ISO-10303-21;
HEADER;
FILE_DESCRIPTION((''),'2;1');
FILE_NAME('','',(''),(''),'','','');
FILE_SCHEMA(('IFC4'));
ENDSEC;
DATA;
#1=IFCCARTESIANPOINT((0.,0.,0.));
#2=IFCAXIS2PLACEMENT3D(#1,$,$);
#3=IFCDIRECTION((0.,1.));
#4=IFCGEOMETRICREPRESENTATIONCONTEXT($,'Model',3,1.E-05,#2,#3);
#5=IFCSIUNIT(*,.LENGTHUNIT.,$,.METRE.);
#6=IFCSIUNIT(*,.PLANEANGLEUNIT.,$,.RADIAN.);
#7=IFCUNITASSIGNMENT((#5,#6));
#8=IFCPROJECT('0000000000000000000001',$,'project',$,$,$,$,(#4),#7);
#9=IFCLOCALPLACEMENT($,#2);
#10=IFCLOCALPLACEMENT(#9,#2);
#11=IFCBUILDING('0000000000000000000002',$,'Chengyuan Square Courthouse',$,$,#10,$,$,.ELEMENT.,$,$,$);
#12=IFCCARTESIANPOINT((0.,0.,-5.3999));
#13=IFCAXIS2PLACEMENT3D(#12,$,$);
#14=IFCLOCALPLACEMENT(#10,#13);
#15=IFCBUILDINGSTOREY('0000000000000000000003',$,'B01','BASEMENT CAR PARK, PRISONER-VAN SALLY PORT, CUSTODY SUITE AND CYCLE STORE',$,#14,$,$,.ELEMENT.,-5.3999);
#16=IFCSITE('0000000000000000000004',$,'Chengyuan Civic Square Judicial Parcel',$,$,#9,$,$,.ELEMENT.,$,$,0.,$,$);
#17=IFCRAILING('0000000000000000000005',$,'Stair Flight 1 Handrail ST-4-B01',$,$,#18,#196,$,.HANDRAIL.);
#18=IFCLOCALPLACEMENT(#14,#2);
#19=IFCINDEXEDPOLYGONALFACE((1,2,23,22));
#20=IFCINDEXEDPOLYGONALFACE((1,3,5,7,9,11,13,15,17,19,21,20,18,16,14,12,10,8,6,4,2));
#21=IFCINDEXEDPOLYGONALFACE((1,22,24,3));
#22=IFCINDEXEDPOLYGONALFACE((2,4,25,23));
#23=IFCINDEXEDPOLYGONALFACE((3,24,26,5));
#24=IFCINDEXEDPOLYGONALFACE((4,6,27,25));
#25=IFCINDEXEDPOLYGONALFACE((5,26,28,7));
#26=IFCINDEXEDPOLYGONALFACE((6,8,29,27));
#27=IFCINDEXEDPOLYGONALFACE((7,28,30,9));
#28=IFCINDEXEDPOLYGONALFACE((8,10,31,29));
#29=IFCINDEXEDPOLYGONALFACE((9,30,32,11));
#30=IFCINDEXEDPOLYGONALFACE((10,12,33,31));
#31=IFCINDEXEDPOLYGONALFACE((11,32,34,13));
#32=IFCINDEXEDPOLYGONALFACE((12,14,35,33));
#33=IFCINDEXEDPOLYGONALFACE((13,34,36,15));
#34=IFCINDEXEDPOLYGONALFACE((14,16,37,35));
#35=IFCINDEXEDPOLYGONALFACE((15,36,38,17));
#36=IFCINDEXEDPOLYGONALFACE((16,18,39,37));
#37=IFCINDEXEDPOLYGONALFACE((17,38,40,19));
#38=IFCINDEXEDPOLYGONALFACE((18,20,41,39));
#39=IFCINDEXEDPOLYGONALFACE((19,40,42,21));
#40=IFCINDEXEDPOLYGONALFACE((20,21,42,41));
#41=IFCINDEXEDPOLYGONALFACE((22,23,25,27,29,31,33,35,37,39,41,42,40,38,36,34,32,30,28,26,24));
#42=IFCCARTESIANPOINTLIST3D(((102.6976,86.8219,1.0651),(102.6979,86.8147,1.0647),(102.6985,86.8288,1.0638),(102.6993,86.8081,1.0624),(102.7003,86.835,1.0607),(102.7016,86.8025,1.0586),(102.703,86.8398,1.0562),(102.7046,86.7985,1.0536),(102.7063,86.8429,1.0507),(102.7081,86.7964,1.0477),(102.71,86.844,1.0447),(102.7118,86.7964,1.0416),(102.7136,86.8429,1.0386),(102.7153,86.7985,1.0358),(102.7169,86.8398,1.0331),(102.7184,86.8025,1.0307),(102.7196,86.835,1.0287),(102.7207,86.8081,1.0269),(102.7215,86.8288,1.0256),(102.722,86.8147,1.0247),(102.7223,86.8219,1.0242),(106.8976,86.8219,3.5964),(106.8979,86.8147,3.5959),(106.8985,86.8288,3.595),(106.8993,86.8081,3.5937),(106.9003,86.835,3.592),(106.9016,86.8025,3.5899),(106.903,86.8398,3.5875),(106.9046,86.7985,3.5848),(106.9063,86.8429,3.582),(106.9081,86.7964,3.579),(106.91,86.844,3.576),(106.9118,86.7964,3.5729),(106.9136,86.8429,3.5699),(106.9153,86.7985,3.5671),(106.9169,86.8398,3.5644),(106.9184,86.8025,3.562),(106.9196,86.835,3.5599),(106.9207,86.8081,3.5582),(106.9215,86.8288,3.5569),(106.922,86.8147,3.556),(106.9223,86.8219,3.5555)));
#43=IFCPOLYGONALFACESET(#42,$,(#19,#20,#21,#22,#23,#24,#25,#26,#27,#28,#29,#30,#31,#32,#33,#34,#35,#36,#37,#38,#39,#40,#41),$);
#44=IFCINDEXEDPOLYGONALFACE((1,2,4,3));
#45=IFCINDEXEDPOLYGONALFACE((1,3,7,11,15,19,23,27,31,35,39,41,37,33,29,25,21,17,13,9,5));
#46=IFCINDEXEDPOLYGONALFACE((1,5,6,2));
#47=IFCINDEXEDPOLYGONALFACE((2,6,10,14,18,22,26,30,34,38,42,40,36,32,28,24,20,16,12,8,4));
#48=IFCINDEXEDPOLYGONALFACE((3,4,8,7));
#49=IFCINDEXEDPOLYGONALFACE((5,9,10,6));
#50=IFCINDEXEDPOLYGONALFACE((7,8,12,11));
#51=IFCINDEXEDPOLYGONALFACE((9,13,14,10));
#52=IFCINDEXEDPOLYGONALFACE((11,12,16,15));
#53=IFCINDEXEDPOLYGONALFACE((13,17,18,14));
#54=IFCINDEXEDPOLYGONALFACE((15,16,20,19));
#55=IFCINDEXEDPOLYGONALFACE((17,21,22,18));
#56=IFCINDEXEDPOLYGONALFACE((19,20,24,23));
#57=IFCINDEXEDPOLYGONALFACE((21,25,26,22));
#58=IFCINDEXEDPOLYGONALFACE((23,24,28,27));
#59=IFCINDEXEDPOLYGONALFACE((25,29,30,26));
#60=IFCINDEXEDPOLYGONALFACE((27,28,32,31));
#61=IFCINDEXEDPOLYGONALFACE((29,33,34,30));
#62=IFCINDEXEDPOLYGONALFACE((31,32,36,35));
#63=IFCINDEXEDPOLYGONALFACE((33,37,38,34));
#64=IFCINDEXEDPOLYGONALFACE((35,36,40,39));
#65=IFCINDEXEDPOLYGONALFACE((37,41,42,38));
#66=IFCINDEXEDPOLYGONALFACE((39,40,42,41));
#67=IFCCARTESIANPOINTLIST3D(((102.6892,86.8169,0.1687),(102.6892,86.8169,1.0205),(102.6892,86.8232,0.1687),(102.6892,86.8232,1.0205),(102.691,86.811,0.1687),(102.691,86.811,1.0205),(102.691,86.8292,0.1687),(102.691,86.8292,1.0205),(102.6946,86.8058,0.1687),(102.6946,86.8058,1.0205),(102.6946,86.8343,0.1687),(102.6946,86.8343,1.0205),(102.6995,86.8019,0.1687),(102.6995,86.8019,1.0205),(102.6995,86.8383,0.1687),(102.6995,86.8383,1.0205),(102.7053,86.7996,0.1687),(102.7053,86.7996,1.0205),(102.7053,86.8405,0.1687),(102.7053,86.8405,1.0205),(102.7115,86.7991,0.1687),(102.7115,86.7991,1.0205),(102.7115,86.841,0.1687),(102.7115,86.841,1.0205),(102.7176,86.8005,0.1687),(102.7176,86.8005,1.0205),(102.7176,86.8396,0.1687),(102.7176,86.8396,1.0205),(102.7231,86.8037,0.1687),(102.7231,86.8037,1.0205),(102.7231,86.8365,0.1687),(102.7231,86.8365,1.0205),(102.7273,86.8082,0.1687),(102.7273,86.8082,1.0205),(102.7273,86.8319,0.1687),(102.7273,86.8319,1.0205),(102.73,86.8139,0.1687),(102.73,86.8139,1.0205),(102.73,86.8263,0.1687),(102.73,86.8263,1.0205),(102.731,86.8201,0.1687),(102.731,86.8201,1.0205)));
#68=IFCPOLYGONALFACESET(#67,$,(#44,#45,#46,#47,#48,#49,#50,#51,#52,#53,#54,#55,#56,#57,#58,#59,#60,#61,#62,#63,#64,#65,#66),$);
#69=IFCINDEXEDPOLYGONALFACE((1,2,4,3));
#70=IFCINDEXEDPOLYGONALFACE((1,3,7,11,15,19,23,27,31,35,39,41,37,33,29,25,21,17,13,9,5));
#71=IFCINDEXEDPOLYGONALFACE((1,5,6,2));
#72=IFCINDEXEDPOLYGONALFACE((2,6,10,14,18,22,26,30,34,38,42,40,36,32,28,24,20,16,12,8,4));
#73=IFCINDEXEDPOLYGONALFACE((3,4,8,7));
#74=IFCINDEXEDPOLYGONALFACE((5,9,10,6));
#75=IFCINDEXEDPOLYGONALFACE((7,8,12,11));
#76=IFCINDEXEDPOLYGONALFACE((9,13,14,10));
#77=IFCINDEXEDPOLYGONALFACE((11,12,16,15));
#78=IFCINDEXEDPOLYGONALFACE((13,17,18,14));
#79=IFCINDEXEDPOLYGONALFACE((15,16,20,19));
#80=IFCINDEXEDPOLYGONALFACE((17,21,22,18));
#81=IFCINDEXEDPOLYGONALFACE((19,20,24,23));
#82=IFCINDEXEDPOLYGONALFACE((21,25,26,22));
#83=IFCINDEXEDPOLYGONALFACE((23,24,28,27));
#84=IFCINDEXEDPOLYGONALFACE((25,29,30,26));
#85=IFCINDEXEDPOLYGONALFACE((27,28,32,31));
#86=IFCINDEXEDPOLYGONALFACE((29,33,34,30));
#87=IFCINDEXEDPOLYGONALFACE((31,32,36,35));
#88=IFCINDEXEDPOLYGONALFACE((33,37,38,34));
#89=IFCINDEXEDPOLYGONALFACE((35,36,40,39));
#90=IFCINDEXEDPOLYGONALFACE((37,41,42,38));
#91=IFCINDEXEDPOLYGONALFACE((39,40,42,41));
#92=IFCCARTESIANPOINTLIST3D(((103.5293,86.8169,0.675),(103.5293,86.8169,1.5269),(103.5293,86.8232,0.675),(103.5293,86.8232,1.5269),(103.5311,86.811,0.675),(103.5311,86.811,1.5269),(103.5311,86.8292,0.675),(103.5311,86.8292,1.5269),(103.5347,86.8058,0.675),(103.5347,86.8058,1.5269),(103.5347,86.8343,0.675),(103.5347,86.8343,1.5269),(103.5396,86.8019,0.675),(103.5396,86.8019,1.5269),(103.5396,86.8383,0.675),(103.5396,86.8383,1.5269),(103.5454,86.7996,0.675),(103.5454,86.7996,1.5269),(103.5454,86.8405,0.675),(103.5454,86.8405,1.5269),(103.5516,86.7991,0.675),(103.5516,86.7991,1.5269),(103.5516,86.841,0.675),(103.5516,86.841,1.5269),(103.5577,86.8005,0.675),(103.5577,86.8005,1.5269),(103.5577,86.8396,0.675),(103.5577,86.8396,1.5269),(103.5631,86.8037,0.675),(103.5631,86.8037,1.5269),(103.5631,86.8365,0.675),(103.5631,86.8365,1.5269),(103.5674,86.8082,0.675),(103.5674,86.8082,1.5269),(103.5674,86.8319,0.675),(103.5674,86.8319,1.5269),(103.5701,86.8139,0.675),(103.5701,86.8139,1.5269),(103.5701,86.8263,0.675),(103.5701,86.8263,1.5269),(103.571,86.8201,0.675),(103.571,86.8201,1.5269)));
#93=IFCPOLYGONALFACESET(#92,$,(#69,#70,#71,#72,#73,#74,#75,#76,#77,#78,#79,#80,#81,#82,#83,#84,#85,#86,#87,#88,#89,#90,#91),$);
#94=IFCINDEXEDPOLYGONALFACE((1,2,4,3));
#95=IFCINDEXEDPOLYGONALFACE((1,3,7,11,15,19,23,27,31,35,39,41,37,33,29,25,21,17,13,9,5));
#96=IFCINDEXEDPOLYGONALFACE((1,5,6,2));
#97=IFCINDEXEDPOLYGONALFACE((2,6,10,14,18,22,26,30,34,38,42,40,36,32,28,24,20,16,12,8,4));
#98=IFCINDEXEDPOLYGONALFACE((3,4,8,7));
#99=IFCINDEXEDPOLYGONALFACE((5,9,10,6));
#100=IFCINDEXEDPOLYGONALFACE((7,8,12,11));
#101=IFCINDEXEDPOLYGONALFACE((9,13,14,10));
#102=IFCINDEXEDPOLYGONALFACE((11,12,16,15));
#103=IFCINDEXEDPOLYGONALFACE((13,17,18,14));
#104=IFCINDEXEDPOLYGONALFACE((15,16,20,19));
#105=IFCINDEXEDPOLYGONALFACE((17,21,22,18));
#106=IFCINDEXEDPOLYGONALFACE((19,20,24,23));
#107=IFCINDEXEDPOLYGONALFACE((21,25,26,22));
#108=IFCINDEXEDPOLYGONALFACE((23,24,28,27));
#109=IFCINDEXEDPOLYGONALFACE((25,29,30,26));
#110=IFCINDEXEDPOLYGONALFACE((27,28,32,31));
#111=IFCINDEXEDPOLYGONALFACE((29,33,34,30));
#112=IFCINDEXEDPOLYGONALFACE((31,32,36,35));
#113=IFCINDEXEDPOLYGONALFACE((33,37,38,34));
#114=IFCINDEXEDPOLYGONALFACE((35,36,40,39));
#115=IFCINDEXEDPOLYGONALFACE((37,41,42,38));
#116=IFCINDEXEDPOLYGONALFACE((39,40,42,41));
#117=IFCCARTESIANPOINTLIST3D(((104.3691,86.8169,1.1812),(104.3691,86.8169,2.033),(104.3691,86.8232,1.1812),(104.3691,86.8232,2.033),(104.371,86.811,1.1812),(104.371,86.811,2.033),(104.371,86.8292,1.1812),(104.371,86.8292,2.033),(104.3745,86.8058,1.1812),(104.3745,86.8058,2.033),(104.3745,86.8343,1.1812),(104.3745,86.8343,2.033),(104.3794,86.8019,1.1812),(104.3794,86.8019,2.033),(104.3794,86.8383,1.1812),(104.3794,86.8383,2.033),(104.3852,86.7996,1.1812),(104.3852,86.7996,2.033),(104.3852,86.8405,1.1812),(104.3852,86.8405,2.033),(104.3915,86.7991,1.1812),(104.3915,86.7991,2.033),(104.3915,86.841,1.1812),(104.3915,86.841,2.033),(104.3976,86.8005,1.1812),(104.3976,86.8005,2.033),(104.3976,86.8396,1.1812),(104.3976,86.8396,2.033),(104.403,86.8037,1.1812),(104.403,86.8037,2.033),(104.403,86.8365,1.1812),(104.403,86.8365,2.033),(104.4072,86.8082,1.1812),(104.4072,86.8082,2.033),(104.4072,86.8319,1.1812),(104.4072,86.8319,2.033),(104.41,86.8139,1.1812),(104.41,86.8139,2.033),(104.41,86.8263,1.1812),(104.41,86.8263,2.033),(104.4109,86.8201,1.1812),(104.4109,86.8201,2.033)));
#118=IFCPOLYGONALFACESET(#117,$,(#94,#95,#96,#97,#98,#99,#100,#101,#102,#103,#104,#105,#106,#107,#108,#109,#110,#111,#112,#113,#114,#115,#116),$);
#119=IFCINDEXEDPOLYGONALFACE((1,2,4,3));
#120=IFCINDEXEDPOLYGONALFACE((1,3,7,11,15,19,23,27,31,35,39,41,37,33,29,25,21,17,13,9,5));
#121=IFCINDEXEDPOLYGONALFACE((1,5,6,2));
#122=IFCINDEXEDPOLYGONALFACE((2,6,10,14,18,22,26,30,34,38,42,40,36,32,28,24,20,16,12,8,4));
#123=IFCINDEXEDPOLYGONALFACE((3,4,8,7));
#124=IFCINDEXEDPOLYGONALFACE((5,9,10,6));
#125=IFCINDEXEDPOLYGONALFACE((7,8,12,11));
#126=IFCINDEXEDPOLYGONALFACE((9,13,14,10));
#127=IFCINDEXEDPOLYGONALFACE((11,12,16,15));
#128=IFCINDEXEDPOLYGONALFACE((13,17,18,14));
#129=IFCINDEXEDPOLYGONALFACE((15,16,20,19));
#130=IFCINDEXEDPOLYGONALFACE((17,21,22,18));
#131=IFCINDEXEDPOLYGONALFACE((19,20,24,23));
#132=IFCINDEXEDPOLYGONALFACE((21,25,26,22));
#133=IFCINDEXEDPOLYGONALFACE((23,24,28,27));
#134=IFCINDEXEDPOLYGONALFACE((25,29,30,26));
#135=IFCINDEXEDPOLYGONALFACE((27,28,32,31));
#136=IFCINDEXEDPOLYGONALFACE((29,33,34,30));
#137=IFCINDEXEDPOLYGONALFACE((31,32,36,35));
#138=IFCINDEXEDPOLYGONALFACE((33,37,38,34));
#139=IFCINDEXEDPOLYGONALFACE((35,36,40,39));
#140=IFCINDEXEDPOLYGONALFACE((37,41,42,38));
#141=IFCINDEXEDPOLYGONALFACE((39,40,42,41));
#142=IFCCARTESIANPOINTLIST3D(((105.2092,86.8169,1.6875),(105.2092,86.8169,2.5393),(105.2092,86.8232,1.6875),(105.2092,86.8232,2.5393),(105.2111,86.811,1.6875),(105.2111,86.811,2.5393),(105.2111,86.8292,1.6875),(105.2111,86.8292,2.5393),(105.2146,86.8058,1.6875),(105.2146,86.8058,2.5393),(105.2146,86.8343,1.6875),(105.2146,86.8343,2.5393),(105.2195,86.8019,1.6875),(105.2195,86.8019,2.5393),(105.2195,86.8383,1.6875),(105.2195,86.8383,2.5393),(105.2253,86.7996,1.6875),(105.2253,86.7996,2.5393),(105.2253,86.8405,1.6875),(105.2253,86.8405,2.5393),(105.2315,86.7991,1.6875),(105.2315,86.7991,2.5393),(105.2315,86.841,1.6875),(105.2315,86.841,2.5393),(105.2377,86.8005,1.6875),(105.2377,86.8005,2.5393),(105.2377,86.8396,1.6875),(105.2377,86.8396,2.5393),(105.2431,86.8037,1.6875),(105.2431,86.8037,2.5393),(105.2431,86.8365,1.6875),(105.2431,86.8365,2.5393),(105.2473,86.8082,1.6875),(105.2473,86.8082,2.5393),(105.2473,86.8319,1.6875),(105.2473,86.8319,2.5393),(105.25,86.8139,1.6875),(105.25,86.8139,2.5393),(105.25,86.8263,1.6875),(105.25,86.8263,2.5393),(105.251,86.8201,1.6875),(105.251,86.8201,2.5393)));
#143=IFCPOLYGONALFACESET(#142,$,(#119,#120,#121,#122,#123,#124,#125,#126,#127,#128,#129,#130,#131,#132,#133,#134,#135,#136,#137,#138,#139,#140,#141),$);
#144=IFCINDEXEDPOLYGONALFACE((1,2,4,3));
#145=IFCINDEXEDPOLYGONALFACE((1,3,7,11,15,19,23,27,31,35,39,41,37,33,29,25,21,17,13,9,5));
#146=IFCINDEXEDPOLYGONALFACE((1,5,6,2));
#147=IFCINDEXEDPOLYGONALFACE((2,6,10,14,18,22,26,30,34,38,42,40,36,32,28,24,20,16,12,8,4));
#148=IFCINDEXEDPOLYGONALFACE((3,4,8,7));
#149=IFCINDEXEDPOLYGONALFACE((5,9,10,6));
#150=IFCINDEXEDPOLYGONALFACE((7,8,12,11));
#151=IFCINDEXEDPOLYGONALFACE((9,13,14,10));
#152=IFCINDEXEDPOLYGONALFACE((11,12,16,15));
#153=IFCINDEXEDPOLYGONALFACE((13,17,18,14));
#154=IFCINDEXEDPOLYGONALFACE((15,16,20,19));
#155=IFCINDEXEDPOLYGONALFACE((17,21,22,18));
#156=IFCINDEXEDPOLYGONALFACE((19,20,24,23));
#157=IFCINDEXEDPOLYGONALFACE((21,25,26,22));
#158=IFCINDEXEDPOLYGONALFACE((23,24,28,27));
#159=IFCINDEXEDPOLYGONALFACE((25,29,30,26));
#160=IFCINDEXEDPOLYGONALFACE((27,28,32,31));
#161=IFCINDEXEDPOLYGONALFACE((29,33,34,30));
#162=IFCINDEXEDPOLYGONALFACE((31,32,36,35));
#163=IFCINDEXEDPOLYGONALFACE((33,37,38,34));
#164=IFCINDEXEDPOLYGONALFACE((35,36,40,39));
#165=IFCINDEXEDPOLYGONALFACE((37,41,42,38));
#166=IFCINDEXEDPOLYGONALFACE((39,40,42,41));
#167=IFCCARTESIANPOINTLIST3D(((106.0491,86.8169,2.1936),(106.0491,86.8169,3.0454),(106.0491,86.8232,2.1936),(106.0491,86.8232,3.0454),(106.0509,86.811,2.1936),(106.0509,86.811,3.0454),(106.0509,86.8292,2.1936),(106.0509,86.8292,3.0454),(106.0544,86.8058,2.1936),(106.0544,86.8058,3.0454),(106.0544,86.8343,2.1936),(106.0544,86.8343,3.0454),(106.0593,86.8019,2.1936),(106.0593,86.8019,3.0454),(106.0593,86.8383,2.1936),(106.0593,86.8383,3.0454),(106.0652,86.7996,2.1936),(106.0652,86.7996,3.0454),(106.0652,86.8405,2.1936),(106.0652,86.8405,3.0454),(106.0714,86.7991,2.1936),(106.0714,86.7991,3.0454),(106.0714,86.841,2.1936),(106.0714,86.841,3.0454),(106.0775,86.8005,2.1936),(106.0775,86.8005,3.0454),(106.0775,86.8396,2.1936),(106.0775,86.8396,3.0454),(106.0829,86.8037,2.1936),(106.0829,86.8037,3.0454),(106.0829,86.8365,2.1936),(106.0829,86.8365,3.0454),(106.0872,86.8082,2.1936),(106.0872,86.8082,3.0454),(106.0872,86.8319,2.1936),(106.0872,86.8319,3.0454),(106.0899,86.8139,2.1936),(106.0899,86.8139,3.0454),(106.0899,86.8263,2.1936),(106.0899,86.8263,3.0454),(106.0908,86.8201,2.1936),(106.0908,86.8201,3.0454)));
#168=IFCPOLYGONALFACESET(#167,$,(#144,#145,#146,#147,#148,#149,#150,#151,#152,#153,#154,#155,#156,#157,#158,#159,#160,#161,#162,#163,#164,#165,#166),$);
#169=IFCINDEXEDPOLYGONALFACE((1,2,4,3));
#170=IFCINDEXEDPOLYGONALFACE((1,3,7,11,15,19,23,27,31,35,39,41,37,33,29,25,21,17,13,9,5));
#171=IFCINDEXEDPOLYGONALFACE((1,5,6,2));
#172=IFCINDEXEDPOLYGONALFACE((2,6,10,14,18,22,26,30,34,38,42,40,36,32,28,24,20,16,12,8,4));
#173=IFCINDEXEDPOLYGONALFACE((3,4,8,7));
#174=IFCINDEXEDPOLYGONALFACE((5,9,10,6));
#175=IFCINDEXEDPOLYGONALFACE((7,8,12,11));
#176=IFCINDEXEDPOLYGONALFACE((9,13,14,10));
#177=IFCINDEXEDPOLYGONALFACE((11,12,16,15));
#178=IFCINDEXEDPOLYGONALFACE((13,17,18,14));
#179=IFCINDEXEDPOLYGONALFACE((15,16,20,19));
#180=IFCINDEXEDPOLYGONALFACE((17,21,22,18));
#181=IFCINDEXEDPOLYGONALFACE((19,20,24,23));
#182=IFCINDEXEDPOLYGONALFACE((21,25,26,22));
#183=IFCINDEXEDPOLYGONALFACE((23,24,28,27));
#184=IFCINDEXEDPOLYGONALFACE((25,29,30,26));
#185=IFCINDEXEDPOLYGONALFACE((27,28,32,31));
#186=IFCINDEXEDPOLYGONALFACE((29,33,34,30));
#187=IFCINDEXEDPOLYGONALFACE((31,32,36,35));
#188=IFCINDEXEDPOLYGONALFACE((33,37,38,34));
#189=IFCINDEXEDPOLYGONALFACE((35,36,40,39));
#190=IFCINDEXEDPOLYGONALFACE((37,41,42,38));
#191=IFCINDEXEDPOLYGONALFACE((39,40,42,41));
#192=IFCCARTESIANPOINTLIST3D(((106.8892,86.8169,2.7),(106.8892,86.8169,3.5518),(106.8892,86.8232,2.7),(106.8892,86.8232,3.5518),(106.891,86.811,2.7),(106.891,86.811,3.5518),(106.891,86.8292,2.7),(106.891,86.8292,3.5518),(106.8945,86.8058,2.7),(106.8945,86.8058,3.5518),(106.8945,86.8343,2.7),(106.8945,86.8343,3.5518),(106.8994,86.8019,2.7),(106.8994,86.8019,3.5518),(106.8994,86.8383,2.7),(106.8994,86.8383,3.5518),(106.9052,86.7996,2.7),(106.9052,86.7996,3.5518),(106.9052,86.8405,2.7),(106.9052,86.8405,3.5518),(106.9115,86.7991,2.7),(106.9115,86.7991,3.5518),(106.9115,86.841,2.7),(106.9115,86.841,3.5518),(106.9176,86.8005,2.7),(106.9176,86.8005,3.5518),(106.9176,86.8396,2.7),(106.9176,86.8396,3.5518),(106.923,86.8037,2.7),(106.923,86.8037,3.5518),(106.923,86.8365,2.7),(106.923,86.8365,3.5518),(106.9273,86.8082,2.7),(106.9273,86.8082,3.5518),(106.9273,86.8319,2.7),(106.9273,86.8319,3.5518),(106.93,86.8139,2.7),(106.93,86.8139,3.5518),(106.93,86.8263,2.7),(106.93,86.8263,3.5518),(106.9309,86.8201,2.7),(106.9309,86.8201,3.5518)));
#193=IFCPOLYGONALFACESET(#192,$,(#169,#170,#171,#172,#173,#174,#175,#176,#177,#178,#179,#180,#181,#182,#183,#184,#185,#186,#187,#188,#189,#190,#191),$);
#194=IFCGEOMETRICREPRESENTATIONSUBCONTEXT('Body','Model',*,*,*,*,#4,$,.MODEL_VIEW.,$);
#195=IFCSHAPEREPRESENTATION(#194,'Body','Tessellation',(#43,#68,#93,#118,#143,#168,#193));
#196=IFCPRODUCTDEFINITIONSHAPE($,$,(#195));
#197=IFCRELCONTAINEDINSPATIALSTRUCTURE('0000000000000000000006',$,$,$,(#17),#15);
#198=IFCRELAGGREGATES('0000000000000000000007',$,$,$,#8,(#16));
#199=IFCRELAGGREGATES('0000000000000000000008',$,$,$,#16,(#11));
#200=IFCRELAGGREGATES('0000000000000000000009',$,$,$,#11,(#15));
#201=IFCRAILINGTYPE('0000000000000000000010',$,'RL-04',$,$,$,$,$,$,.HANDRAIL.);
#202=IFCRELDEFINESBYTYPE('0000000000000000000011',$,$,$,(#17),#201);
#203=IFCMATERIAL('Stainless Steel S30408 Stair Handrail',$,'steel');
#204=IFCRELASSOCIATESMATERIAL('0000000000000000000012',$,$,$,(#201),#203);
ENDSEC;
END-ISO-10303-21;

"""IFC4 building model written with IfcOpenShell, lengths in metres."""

from ifc_helpers import new_model, si_unit, direction, frame, origin, origin_2d, place, context, subcontext, project, spatial, circle, extrude, material, type_object, element, save


model = new_model("IFC4")

# Units and contexts
model_context = context("Model", 3, precision=1e-05, world=origin(), true_north=direction((0.0, 1.0)))
body_context = subcontext(model_context, "Body", "Model", "MODEL_VIEW")
ifc_project = project(units=[si_unit("LENGTHUNIT", "METRE"), si_unit("PLANEANGLEUNIT", "RADIAN")], contexts=[model_context])

# Site, building, storey
site_placement = place(None, origin())
site = spatial("IfcSite", under=ifc_project, at=site_placement, Name="Chengyuan Civic Square Judicial Parcel", CompositionType="ELEMENT", RefElevation=0.0)
building_placement = place(site_placement, origin())
building = spatial("IfcBuilding", under=site, at=building_placement, Name="Chengyuan Square Courthouse", CompositionType="ELEMENT")
storey_placement = place(building_placement, frame((0.0, 0.0, -5.3999)))
storey = spatial("IfcBuildingStorey", under=building, at=storey_placement, Name="B01", Description="BASEMENT CAR PARK, PRISONER-VAN SALLY PORT, CUSTODY SUITE AND CYCLE STORE", CompositionType="ELEMENT", Elevation=-5.3999)

# Railing
ifc_material_1 = material(Name="Stainless Steel S30408 Stair Handrail", Category="steel")
railing_type_1 = type_object("IfcRailingType", Name="RL-04", PredefinedType="HANDRAIL", material=ifc_material_1)
railing_1_placement = place(storey_placement, frame((102.71, 86.8201, 0.1687)))
element("IfcRailing", 1, at=railing_1_placement, inside=storey, type_object=railing_type_1, Name="Stair Flight 1 Handrail ST-4-B01", PredefinedType="HANDRAIL", context=body_context, shape_type="SweptSolid", body=[
    extrude(circle(Radius=0.0239, at=origin_2d()), frame((0.0, 0.0, 0.876), z_axis=(0.856476, 0.0, 0.516186), x_axis=(0.0, 1.0, 0.0)), (0.0, 0.0, 1.0), 4.9038),
    extrude(circle(Radius=0.021, at=origin_2d()), origin(), (0.0, 0.0, 1.0), 0.8518),
    extrude(circle(Radius=0.021, at=origin_2d()), frame((0.8401, 0.0, 0.5063)), (0.0, 0.0, 1.0), 0.8518),
    extrude(circle(Radius=0.021, at=origin_2d()), frame((1.6799, 0.0, 1.0125)), (0.0, 0.0, 1.0), 0.8518),
    extrude(circle(Radius=0.021, at=origin_2d()), frame((2.52, 0.0, 1.5188)), (0.0, 0.0, 1.0), 0.8518),
    extrude(circle(Radius=0.021, at=origin_2d()), frame((3.3599, 0.0, 2.0249)), (0.0, 0.0, 1.0), 0.8518),
    extrude(circle(Radius=0.021, at=origin_2d()), frame((4.2, 0.0, 2.5312)), (0.0, 0.0, 1.0), 0.8518),
])

save(model, "model.ifc")
